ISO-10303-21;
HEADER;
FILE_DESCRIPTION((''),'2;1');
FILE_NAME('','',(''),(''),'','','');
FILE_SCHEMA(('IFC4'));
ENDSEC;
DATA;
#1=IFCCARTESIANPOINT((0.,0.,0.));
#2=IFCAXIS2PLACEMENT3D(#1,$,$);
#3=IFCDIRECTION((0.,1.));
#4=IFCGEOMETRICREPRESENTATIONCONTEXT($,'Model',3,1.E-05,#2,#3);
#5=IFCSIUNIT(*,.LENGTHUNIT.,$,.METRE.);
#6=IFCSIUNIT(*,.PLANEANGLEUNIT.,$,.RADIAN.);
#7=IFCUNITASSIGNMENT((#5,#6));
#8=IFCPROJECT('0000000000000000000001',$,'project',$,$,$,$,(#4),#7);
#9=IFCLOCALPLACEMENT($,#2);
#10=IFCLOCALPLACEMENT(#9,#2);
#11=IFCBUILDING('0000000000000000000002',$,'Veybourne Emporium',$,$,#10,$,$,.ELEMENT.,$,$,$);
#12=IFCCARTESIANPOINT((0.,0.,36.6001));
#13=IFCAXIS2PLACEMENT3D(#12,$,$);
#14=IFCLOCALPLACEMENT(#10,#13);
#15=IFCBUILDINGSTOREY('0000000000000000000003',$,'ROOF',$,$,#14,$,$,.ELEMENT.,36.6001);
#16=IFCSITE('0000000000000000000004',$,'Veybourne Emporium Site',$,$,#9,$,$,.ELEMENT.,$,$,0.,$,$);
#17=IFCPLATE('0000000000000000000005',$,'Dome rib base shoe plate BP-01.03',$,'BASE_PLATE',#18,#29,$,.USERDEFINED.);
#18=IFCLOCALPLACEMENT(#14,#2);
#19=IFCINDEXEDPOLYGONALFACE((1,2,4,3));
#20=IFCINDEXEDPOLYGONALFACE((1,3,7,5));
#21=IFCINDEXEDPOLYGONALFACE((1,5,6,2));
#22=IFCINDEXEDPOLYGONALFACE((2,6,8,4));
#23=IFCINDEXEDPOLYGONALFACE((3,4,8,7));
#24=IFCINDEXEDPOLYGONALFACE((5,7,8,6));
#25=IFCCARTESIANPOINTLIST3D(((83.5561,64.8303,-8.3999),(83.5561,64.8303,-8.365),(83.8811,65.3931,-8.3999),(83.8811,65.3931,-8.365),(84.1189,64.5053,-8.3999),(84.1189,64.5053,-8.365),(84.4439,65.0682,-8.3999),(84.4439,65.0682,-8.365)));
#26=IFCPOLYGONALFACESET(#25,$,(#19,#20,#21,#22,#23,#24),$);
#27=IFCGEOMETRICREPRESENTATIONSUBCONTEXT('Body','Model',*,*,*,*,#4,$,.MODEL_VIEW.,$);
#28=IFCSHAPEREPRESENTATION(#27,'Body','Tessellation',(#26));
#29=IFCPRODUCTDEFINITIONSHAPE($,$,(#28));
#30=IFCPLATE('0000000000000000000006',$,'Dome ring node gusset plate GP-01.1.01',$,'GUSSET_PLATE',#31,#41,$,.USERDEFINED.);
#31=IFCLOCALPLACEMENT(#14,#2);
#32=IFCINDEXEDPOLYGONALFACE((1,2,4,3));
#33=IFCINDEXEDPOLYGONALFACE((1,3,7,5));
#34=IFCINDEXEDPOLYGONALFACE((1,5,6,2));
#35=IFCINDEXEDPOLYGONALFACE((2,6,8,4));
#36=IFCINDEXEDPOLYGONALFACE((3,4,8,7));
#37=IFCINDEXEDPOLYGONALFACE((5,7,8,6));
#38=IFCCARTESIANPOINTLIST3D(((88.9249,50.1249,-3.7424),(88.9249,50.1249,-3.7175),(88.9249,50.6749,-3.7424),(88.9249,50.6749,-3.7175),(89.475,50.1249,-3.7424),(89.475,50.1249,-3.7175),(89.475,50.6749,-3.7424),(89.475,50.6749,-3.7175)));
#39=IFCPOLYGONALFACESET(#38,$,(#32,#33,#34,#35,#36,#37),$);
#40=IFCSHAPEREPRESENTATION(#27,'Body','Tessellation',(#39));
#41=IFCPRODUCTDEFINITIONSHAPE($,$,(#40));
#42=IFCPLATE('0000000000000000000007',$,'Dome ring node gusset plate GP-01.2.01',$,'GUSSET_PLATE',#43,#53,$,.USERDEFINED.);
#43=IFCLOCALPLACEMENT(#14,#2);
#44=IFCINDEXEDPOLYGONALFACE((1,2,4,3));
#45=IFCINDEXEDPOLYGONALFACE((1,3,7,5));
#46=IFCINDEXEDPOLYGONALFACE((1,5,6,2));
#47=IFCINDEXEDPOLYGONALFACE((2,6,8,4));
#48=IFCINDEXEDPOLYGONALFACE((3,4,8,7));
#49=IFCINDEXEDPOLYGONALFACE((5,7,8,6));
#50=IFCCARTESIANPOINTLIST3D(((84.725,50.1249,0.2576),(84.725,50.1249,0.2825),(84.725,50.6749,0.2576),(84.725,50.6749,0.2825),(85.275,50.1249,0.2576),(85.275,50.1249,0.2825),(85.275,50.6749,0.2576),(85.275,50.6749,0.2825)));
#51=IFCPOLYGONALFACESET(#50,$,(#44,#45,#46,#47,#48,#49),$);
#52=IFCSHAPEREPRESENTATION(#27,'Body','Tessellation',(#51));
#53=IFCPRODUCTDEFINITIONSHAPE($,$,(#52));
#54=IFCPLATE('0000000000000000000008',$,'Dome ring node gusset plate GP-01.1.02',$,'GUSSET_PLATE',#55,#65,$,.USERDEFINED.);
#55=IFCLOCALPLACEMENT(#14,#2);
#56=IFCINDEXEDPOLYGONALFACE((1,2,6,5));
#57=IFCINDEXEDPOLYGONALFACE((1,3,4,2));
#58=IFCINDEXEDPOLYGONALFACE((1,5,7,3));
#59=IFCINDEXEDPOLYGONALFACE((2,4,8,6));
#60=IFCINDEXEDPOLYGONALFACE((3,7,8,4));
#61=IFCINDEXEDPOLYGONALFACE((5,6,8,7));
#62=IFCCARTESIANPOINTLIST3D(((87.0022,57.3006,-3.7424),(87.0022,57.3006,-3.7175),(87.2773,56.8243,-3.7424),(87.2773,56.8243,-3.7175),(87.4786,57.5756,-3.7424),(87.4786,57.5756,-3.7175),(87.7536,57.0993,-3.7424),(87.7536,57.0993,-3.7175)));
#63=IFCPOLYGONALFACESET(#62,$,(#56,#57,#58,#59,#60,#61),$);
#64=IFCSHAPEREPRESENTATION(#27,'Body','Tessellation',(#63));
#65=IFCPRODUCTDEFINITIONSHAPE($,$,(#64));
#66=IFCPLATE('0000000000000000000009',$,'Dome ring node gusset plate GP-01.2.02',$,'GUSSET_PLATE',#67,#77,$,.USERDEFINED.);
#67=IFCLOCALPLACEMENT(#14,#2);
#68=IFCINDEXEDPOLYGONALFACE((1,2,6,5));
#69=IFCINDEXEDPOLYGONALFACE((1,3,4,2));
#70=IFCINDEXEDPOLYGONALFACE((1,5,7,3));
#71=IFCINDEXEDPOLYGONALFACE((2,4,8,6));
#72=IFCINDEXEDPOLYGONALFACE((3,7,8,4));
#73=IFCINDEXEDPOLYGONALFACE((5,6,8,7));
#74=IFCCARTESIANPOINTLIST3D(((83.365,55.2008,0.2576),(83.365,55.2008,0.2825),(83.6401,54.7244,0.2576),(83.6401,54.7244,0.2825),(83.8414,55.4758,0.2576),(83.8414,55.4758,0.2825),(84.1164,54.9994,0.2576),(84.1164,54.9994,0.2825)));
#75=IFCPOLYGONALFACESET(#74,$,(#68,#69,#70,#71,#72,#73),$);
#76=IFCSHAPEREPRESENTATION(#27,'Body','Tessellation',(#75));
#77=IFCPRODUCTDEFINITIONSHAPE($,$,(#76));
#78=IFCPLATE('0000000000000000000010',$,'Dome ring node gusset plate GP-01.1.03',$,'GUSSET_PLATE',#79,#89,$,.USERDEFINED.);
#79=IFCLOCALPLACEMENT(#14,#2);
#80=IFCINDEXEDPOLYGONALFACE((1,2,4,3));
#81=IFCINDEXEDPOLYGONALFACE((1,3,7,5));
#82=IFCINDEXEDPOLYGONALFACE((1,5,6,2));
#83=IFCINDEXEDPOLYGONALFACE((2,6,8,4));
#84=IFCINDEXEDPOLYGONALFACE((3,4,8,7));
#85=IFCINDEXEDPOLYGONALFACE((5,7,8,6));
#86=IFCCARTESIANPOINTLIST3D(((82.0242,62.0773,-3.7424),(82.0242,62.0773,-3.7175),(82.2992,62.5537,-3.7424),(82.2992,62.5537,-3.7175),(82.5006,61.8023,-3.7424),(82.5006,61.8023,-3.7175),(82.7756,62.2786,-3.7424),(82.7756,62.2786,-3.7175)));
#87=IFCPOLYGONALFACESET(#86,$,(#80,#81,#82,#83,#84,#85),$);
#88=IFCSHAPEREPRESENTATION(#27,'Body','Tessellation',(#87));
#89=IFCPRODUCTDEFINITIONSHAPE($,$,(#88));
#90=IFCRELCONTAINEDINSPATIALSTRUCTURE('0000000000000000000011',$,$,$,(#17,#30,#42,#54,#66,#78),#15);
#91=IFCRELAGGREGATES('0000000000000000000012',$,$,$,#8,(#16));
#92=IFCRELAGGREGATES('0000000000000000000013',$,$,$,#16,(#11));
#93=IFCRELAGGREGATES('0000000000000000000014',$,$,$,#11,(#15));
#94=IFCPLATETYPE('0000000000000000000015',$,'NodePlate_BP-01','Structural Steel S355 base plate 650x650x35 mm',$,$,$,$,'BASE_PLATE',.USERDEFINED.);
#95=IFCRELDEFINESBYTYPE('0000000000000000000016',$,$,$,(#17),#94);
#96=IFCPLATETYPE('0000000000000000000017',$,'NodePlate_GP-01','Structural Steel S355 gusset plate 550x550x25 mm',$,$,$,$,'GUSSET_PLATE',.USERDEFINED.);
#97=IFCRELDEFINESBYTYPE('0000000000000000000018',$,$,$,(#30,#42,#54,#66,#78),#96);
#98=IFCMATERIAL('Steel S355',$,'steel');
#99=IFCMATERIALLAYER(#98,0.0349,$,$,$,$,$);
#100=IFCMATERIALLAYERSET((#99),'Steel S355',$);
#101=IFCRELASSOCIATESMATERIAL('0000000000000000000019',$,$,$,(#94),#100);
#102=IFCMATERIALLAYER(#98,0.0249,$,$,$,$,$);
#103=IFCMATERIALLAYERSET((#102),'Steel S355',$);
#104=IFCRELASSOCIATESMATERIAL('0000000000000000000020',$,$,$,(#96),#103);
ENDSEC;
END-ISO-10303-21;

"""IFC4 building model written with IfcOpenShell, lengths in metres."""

from ifc_helpers import new_model, si_unit, direction, frame, origin, origin_2d, place, context, subcontext, project, spatial, rectangle, extrude, material, layer, layer_set, type_object, element, save


model = new_model("IFC4")

# Units and contexts
model_context = context("Model", 3, precision=1e-05, world=origin(), true_north=direction((0.0, 1.0)))
body_context = subcontext(model_context, "Body", "Model", "MODEL_VIEW")
ifc_project = project(units=[si_unit("LENGTHUNIT", "METRE"), si_unit("PLANEANGLEUNIT", "RADIAN")], contexts=[model_context])

# Site, building, storey
site_placement = place(None, origin())
site = spatial("IfcSite", under=ifc_project, at=site_placement, Name="Veybourne Emporium Site", CompositionType="ELEMENT", RefElevation=0.0)
building_placement = place(site_placement, origin())
building = spatial("IfcBuilding", under=site, at=building_placement, Name="Veybourne Emporium", CompositionType="ELEMENT")
storey_placement = place(building_placement, frame((0.0, 0.0, 36.6001)))
storey = spatial("IfcBuildingStorey", under=building, at=storey_placement, Name="ROOF", CompositionType="ELEMENT", Elevation=36.6001)

# Shared definitions
ifc_material_1 = material(Name="Steel S355", Category="steel")

# Plates
ifc_layer_1 = layer(ifc_material_1, 0.0349)
ifc_layer_set_1 = layer_set([ifc_layer_1], Name="Steel S355")
plate_type_1 = type_object("IfcPlateType", Name="NodePlate_BP-01", Description="Structural Steel S355 base plate 650x650x35 mm", ElementType="BASE_PLATE", PredefinedType="USERDEFINED", material=ifc_layer_set_1)
for number, where, z_axis, x_axis, name in (
    (1, (84.0, 64.9492, -8.3999), (0.0, 0.0, 1.0), (0.5, 0.866025, 0.0), "Dome rib base shoe plate BP-01.03"),
):
    element("IfcPlate", number, at=place(storey_placement, frame(where, z_axis=z_axis, x_axis=x_axis)), inside=storey, type_object=plate_type_1, Name=name, ObjectType="BASE_PLATE", PredefinedType="USERDEFINED", context=body_context, shape_type="SweptSolid", body=[
        extrude(rectangle(XDim=0.6499, YDim=0.6499, at=origin_2d()), origin(), (0.0, 0.0, 1.0), 0.0349),
    ])
ifc_layer_2 = layer(ifc_material_1, 0.0249)
ifc_layer_set_2 = layer_set([ifc_layer_2], Name="Steel S355")
plate_type_2 = type_object("IfcPlateType", Name="NodePlate_GP-01", Description="Structural Steel S355 gusset plate 550x550x25 mm", ElementType="GUSSET_PLATE", PredefinedType="USERDEFINED", material=ifc_layer_set_2)
for number, where, z_axis, x_axis, name in (
    (2, (89.2, 50.3999, -3.7424), (0.0, 0.0, 1.0), (1.0, 0.0, 0.0), "Dome ring node gusset plate GP-01.1.01"),
    (3, (85.0, 50.3999, 0.2576), (0.0, 0.0, 1.0), (1.0, 0.0, 0.0), "Dome ring node gusset plate GP-01.2.01"),
    (4, (87.3779, 57.2, -3.7424), (0.0, 0.0, 1.0), (0.866025, 0.5, 0.0), "Dome ring node gusset plate GP-01.1.02"),
    (5, (83.7407, 55.1001, 0.2576), (0.0, 0.0, 1.0), (0.866025, 0.5, 0.0), "Dome ring node gusset plate GP-01.2.02"),
    (6, (82.3999, 62.178, -3.7424), (0.0, 0.0, 1.0), (0.5, 0.866025, 0.0), "Dome ring node gusset plate GP-01.1.03"),
):
    element("IfcPlate", number, at=place(storey_placement, frame(where, z_axis=z_axis, x_axis=x_axis)), inside=storey, type_object=plate_type_2, Name=name, ObjectType="GUSSET_PLATE", PredefinedType="USERDEFINED", context=body_context, shape_type="SweptSolid", body=[
        extrude(rectangle(XDim=0.55, YDim=0.55, at=origin_2d()), origin(), (0.0, 0.0, 1.0), 0.0249),
    ])

save(model, "model.ifc")
